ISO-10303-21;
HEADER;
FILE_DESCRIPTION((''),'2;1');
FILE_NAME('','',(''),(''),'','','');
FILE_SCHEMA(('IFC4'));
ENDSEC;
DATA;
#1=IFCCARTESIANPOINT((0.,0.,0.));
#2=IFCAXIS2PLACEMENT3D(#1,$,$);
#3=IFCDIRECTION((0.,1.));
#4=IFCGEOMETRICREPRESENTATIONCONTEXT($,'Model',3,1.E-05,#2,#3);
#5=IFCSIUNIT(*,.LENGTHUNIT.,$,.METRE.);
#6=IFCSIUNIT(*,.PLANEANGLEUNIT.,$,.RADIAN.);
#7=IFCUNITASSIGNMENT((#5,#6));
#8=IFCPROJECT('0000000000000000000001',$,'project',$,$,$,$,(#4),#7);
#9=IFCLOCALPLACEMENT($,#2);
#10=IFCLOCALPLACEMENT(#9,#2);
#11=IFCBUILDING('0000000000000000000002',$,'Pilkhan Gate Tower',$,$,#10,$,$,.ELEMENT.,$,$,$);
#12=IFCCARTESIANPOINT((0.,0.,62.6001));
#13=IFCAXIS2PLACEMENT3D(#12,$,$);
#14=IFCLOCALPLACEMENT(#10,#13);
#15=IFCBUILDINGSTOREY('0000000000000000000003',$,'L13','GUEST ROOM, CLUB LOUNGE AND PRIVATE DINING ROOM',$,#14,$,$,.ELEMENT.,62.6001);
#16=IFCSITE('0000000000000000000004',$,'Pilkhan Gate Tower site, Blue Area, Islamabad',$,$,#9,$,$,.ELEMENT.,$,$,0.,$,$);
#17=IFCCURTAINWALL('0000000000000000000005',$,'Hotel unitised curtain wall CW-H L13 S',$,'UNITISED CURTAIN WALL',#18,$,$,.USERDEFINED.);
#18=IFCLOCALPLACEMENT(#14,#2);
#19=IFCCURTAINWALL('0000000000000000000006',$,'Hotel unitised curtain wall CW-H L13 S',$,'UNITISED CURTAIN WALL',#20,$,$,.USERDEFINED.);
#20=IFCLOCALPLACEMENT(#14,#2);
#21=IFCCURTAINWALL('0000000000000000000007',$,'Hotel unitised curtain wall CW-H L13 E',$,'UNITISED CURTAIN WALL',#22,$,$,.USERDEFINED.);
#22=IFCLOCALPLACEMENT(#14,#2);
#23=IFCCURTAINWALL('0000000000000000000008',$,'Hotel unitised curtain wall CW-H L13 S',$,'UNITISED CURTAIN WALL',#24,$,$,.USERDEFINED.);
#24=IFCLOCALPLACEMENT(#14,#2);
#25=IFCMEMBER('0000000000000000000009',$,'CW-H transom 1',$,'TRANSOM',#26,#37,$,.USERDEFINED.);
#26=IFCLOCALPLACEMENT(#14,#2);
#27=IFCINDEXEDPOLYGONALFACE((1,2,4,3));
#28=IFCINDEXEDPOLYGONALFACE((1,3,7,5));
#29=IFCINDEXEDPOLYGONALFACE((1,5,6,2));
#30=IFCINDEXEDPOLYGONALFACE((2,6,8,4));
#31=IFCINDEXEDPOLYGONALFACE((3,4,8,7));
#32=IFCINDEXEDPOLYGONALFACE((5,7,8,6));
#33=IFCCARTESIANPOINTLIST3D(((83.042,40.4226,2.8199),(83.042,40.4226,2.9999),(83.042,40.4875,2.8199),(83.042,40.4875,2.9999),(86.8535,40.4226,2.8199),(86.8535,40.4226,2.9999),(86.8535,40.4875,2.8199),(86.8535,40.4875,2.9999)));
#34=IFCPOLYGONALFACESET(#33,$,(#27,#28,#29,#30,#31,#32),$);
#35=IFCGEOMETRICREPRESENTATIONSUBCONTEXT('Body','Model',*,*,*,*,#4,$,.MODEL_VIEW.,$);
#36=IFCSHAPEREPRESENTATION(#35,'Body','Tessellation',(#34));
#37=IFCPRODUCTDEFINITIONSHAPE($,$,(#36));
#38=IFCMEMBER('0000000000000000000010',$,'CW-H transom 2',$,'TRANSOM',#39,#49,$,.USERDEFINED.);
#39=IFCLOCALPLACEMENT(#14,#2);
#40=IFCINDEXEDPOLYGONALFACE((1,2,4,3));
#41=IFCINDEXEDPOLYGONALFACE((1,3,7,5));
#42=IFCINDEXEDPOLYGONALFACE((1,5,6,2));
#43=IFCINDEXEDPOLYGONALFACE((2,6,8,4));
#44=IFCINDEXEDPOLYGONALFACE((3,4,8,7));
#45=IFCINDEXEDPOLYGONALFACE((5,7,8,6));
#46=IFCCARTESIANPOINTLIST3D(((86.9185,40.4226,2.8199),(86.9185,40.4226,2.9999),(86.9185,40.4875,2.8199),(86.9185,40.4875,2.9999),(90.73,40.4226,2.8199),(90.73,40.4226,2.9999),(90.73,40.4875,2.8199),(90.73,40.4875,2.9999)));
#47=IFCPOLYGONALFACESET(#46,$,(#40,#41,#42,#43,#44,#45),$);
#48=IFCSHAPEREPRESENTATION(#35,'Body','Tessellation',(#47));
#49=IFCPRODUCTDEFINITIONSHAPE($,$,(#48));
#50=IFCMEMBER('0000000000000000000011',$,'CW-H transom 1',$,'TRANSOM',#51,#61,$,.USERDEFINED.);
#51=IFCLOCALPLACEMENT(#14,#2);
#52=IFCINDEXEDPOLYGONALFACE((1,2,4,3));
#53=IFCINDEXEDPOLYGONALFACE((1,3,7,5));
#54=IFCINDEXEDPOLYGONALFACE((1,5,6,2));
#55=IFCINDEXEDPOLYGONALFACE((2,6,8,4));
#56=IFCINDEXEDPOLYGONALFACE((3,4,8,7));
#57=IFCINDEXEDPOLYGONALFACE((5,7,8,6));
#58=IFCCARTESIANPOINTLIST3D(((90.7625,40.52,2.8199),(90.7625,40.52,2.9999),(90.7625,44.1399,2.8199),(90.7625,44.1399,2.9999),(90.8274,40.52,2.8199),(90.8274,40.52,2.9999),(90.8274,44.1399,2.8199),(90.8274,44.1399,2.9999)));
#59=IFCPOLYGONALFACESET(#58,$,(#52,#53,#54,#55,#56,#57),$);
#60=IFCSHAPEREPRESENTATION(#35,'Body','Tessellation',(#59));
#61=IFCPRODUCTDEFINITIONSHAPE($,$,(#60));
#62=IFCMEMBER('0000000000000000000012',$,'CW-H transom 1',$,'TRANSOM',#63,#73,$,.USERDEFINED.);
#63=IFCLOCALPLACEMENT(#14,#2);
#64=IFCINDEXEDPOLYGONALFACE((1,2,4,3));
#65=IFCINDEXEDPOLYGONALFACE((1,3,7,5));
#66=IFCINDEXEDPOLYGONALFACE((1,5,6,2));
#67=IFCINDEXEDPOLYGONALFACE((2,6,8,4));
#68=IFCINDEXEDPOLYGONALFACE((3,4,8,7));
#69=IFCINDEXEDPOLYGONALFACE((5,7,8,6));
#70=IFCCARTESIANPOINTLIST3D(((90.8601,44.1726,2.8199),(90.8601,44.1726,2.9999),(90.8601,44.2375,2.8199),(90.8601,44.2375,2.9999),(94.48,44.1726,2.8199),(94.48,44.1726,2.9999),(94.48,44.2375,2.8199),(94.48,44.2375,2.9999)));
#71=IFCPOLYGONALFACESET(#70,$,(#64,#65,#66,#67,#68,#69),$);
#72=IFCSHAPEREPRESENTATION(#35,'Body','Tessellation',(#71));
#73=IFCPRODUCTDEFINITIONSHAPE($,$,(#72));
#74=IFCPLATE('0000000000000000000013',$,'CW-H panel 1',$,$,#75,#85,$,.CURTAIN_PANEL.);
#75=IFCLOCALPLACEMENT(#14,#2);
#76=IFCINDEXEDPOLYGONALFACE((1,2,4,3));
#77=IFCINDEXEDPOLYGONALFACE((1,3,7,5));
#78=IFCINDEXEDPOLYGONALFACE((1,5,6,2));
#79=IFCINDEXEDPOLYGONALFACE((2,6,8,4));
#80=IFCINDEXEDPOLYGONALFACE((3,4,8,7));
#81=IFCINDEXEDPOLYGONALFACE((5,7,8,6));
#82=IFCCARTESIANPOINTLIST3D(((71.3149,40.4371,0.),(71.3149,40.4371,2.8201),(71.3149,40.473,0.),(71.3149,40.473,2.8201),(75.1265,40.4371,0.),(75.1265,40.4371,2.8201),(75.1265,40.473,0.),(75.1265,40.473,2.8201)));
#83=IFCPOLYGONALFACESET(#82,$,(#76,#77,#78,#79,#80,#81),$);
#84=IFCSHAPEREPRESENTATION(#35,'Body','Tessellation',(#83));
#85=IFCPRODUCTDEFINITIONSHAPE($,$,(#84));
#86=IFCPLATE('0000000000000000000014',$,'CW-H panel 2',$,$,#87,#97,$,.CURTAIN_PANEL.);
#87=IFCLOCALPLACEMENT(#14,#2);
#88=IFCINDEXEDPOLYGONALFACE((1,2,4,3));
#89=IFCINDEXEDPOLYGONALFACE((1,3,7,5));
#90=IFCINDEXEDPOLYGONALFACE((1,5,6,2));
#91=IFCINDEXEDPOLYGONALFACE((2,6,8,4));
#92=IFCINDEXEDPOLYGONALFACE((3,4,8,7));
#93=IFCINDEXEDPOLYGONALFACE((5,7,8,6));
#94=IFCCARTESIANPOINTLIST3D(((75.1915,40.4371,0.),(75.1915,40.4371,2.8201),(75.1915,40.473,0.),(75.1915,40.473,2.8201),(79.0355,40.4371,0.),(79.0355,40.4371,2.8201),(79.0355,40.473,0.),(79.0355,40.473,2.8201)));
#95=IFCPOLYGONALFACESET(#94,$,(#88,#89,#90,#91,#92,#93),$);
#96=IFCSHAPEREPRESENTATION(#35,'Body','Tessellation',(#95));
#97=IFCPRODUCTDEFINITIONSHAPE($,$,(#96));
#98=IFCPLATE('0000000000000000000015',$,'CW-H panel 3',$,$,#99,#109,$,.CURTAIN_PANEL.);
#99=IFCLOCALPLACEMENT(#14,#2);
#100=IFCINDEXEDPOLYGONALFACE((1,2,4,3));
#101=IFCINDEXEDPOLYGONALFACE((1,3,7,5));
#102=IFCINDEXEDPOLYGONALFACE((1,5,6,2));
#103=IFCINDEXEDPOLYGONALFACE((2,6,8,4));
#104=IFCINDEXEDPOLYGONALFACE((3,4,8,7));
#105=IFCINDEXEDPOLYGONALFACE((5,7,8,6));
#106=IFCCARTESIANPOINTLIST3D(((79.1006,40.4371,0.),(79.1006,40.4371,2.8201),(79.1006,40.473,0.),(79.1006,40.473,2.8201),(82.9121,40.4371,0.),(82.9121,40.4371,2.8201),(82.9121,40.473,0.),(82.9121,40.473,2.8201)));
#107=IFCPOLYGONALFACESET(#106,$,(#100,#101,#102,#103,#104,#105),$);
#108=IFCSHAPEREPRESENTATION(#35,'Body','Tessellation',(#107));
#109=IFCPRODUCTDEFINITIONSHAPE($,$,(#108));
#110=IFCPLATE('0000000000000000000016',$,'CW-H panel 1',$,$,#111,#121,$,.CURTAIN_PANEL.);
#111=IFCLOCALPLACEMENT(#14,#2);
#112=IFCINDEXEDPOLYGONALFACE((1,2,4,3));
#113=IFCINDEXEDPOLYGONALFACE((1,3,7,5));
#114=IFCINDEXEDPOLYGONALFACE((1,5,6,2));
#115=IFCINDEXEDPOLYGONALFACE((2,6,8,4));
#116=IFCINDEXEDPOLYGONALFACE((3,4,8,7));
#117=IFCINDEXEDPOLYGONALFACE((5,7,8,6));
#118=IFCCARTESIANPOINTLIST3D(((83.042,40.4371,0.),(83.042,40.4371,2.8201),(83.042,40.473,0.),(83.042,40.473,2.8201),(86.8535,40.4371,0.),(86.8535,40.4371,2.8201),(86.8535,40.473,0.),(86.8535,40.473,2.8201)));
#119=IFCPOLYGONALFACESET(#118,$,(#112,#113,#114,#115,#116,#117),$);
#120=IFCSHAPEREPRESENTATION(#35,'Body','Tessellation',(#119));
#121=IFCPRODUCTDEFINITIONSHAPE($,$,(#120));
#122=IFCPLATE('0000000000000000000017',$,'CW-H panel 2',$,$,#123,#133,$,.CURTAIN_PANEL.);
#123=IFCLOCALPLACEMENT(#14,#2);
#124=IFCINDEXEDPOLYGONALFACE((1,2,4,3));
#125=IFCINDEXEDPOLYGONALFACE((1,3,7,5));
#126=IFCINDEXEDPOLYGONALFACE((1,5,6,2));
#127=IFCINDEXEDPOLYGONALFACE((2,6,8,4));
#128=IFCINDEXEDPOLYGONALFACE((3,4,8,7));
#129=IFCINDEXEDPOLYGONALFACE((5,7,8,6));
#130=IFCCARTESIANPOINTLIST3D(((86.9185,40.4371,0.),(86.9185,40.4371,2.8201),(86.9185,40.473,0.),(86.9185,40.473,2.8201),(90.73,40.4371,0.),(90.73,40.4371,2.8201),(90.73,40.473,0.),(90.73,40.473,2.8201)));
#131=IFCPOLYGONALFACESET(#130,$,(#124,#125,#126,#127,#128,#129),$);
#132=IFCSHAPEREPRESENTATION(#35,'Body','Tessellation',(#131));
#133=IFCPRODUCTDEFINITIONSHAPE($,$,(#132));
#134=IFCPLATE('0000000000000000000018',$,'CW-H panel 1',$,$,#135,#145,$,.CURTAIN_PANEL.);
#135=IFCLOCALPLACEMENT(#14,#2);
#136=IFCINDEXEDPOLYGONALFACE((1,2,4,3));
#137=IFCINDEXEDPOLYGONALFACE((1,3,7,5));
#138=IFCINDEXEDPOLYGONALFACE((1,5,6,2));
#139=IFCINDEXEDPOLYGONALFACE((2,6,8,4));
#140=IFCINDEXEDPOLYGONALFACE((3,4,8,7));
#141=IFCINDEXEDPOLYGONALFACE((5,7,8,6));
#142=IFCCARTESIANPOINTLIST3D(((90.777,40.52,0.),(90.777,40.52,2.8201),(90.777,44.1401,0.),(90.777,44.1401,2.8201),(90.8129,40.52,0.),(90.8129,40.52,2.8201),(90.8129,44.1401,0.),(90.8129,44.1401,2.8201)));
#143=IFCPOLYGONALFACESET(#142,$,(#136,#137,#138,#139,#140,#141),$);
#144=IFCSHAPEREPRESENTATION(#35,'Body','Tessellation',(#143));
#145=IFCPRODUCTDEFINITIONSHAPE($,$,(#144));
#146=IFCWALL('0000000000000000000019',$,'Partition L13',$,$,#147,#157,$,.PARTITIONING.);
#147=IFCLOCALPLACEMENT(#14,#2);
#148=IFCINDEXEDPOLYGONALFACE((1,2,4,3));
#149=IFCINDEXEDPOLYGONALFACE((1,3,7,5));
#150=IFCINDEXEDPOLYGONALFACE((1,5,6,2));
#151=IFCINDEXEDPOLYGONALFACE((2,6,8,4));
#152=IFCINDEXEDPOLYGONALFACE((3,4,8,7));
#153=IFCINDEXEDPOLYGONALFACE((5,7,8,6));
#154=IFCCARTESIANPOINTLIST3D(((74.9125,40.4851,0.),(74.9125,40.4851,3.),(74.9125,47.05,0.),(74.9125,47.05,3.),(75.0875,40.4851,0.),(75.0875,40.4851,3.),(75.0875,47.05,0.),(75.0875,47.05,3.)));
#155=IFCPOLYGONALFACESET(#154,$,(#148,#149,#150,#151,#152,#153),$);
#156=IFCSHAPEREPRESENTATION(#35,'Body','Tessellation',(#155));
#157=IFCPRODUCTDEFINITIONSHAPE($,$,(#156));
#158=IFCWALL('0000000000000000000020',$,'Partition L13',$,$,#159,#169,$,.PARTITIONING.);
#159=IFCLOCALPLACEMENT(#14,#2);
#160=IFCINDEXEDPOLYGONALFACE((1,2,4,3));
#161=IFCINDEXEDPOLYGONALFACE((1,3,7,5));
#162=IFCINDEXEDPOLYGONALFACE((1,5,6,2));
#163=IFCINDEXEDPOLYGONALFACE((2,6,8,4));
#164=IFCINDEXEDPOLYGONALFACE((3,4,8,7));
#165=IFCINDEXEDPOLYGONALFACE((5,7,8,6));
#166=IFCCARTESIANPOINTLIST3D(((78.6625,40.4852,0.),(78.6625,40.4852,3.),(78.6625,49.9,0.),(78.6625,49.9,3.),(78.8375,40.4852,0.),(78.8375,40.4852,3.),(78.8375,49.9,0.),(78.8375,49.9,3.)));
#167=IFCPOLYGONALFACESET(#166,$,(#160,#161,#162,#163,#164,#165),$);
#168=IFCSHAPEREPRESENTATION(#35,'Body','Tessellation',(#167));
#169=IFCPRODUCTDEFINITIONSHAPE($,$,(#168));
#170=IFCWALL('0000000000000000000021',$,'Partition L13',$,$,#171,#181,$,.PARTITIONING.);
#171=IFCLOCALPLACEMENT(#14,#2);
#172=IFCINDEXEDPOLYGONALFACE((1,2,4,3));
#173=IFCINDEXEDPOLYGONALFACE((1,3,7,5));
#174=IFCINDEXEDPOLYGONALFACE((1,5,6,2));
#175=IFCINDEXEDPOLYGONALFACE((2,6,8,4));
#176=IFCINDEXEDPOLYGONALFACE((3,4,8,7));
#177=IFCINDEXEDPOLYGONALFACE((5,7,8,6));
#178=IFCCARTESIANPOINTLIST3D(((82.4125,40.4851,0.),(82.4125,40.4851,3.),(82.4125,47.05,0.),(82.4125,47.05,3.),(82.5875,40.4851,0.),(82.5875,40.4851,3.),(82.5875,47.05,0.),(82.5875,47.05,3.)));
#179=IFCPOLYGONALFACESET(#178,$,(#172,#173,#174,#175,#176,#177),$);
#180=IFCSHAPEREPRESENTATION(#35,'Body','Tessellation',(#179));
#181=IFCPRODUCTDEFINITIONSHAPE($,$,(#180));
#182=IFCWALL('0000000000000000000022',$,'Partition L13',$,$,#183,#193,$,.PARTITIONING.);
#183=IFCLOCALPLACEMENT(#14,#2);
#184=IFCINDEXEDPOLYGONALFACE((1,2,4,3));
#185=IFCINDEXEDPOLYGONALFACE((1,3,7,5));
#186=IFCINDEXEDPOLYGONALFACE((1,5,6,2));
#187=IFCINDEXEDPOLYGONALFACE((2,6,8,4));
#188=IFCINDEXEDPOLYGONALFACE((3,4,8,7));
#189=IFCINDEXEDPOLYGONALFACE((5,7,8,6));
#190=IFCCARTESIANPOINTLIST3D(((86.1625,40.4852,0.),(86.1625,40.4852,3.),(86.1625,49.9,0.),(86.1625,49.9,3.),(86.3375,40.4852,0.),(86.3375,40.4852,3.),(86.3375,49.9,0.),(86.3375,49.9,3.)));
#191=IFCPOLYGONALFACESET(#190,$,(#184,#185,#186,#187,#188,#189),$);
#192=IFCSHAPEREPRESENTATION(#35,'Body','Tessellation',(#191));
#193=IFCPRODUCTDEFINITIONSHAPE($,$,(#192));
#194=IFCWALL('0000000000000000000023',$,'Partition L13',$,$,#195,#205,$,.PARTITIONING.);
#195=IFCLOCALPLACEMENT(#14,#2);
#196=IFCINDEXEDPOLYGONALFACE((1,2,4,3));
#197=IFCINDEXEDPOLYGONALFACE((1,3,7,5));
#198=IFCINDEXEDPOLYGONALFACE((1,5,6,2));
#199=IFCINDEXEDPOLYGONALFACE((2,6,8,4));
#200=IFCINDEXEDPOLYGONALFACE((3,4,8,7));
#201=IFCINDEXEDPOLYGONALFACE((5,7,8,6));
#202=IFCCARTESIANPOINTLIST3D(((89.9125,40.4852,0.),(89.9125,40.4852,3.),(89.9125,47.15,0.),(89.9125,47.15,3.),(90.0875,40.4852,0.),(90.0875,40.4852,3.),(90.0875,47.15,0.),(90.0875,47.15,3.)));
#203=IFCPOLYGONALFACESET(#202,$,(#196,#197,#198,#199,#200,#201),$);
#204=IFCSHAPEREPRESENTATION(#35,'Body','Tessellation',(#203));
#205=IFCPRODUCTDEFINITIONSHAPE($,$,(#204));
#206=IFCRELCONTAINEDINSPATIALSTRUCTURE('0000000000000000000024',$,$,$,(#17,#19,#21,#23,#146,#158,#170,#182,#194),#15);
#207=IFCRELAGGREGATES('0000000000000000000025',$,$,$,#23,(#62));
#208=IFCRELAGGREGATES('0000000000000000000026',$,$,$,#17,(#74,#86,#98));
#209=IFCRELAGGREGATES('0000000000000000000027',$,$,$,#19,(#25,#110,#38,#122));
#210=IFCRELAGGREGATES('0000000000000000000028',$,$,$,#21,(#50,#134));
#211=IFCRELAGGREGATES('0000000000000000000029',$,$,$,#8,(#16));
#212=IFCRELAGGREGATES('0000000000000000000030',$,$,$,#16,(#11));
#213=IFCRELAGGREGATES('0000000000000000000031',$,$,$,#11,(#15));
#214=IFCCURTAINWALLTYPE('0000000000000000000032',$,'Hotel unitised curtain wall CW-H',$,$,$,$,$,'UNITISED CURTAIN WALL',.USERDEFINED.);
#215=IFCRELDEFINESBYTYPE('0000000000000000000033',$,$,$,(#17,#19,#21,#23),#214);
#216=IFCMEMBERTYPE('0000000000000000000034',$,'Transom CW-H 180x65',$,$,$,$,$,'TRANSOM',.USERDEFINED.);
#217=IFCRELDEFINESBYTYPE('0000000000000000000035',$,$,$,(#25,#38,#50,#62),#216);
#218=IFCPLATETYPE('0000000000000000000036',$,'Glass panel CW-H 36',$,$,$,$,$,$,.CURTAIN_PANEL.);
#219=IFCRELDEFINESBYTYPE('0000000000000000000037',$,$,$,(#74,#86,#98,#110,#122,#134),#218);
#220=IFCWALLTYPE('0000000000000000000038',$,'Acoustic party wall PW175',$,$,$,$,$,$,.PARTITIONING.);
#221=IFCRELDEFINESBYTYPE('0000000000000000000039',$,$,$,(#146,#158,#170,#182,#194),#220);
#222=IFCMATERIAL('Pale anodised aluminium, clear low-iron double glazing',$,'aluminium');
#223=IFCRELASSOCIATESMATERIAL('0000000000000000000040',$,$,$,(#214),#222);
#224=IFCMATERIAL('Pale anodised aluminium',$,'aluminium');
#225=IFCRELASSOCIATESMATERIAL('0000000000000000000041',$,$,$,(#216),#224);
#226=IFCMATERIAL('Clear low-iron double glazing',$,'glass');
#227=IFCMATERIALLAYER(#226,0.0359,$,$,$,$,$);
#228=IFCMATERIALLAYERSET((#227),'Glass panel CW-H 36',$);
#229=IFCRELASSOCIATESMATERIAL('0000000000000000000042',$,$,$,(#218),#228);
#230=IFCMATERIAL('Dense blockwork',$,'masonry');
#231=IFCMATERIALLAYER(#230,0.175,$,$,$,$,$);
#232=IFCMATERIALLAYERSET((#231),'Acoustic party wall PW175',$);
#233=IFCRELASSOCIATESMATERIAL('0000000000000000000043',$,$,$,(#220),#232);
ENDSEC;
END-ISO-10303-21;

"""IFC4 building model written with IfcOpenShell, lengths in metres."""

from ifc_helpers import new_model, si_unit, direction, frame, frame_2d, origin, origin_2d, place, context, subcontext, project, spatial, rectangle, extrude, material, layer, layer_set, material_profile, profile_set, type_object, element, aggregate, save


model = new_model("IFC4")

# Units and contexts
model_context = context("Model", 3, precision=1e-05, world=origin(), true_north=direction((0.0, 1.0)))
body_context = subcontext(model_context, "Body", "Model", "MODEL_VIEW")
ifc_project = project(units=[si_unit("LENGTHUNIT", "METRE"), si_unit("PLANEANGLEUNIT", "RADIAN")], contexts=[model_context])

# Site, building, storey
site_placement = place(None, origin())
site = spatial("IfcSite", under=ifc_project, at=site_placement, Name="Pilkhan Gate Tower site, Blue Area, Islamabad", CompositionType="ELEMENT", RefElevation=0.0)
building_placement = place(site_placement, origin())
building = spatial("IfcBuilding", under=site, at=building_placement, Name="Pilkhan Gate Tower", CompositionType="ELEMENT")
storey_placement = place(building_placement, frame((0.0, 0.0, 62.6001)))
storey = spatial("IfcBuildingStorey", under=building, at=storey_placement, Name="L13", Description="GUEST ROOM, CLUB LOUNGE AND PRIVATE DINING ROOM", CompositionType="ELEMENT", Elevation=62.6001)

# Curtain walls
ifc_material_1 = material(Name="Pale anodised aluminium, clear low-iron double glazing", Category="aluminium")
curtain_wall_type = type_object("IfcCurtainWallType", Name="Hotel unitised curtain wall CW-H", ElementType="UNITISED CURTAIN WALL", PredefinedType="USERDEFINED", material=ifc_material_1)
curtain_wall_1_placement = place(storey_placement, origin())
curtain_wall_1 = element("IfcCurtainWall", 1, at=curtain_wall_1_placement, inside=storey, type_object=curtain_wall_type, Name="Hotel unitised curtain wall CW-H L13 S", ObjectType="UNITISED CURTAIN WALL", PredefinedType="USERDEFINED")
ifc_material_2 = material(Name="Pale anodised aluminium", Category="aluminium")
curtain_wall_2_placement = place(storey_placement, origin())
curtain_wall_2 = element("IfcCurtainWall", 2, at=curtain_wall_2_placement, inside=storey, type_object=curtain_wall_type, Name="Hotel unitised curtain wall CW-H L13 S", ObjectType="UNITISED CURTAIN WALL", PredefinedType="USERDEFINED")
curtain_wall_3_placement = place(storey_placement, origin())
curtain_wall_3 = element("IfcCurtainWall", 3, at=curtain_wall_3_placement, inside=storey, type_object=curtain_wall_type, Name="Hotel unitised curtain wall CW-H L13 E", ObjectType="UNITISED CURTAIN WALL", PredefinedType="USERDEFINED")

# Curtain wall
curtain_wall_4_placement = place(storey_placement, origin())
curtain_wall_4 = element("IfcCurtainWall", 4, at=curtain_wall_4_placement, inside=storey, type_object=curtain_wall_type, Name="Hotel unitised curtain wall CW-H L13 S", ObjectType="UNITISED CURTAIN WALL", PredefinedType="USERDEFINED")

# Members
ifc_material_profile_1 = material_profile(ifc_material_2, rectangle(XDim=0.0649, YDim=0.1799, at=origin_2d()), Name="Transom 180x65")
ifc_profile_set_1 = profile_set([ifc_material_profile_1], Name="Pale anodised aluminium")
member_type_1 = type_object("IfcMemberType", Name="Transom CW-H 180x65", ElementType="TRANSOM", PredefinedType="USERDEFINED", material=ifc_profile_set_1)
member_1_placement = place(storey_placement, frame((83.042, 40.4551, 2.9099), z_axis=(1.0, 0.0, 0.0), x_axis=(0.0, 1.0, 0.0)))
member_1 = element("IfcMember", 5, at=member_1_placement, type_object=member_type_1, Name="CW-H transom 1", ObjectType="TRANSOM", PredefinedType="USERDEFINED", context=body_context, shape_type="SweptSolid", body=[
    extrude(rectangle(XDim=0.0649, YDim=0.1799, at=origin_2d()), origin(), (0.0, 0.0, 1.0), 3.8115),
])
member_2_placement = place(storey_placement, frame((86.9185, 40.4551, 2.9099), z_axis=(1.0, 0.0, 0.0), x_axis=(0.0, 1.0, 0.0)))
member_2 = element("IfcMember", 6, at=member_2_placement, type_object=member_type_1, Name="CW-H transom 2", ObjectType="TRANSOM", PredefinedType="USERDEFINED", context=body_context, shape_type="SweptSolid", body=[
    extrude(rectangle(XDim=0.0649, YDim=0.1799, at=origin_2d()), origin(), (0.0, 0.0, 1.0), 3.8115),
])
member_3_placement = place(storey_placement, frame((90.7949, 40.52, 2.9099), z_axis=(0.0, 1.0, 0.0), x_axis=(-1.0, 0.0, 0.0)))
member_3 = element("IfcMember", 7, at=member_3_placement, type_object=member_type_1, Name="CW-H transom 1", ObjectType="TRANSOM", PredefinedType="USERDEFINED", context=body_context, shape_type="SweptSolid", body=[
    extrude(rectangle(XDim=0.0649, YDim=0.1799, at=origin_2d()), origin(), (0.0, 0.0, 1.0), 3.6199),
])
member_4_placement = place(storey_placement, frame((90.8601, 44.2051, 2.9099), z_axis=(1.0, 0.0, 0.0), x_axis=(0.0, 1.0, 0.0)))
member_4 = element("IfcMember", 8, at=member_4_placement, type_object=member_type_1, Name="CW-H transom 1", ObjectType="TRANSOM", PredefinedType="USERDEFINED", context=body_context, shape_type="SweptSolid", body=[
    extrude(rectangle(XDim=0.0649, YDim=0.1799, at=origin_2d()), origin(), (0.0, 0.0, 1.0), 3.6199),
])
aggregate(curtain_wall_4, [member_4])

# Plates
ifc_material_3 = material(Name="Clear low-iron double glazing", Category="glass")
ifc_layer_1 = layer(ifc_material_3, 0.0359)
ifc_layer_set_1 = layer_set([ifc_layer_1], Name="Glass panel CW-H 36")
plate_type = type_object("IfcPlateType", Name="Glass panel CW-H 36", PredefinedType="CURTAIN_PANEL", material=ifc_layer_set_1)
plate_1_placement = place(storey_placement, frame((73.2207, 40.4551, 0.0), z_axis=(0.0, 0.0, 1.0), x_axis=(1.0, 0.0, 0.0)))
plate_1 = element("IfcPlate", 9, at=plate_1_placement, type_object=plate_type, Name="CW-H panel 1", PredefinedType="CURTAIN_PANEL", context=body_context, shape_type="SweptSolid", body=[
    extrude(rectangle(XDim=3.8115, YDim=0.0359, at=origin_2d()), origin(), (0.0, 0.0, 1.0), 2.8201),
])
plate_2_placement = place(storey_placement, frame((77.1135, 40.4551, 0.0), z_axis=(0.0, 0.0, 1.0), x_axis=(1.0, 0.0, 0.0)))
plate_2 = element("IfcPlate", 10, at=plate_2_placement, type_object=plate_type, Name="CW-H panel 2", PredefinedType="CURTAIN_PANEL", context=body_context, shape_type="SweptSolid", body=[
    extrude(rectangle(XDim=3.844, YDim=0.0359, at=origin_2d()), origin(), (0.0, 0.0, 1.0), 2.8201),
])
plate_3_placement = place(storey_placement, frame((81.0063, 40.4551, 0.0), z_axis=(0.0, 0.0, 1.0), x_axis=(1.0, 0.0, 0.0)))
plate_3 = element("IfcPlate", 11, at=plate_3_placement, type_object=plate_type, Name="CW-H panel 3", PredefinedType="CURTAIN_PANEL", context=body_context, shape_type="SweptSolid", body=[
    extrude(rectangle(XDim=3.8115, YDim=0.0359, at=origin_2d()), origin(), (0.0, 0.0, 1.0), 2.8201),
])
aggregate(curtain_wall_1, [plate_1, plate_2, plate_3])
plate_4_placement = place(storey_placement, frame((84.9478, 40.4551, 0.0), z_axis=(0.0, 0.0, 1.0), x_axis=(1.0, 0.0, 0.0)))
plate_4 = element("IfcPlate", 12, at=plate_4_placement, type_object=plate_type, Name="CW-H panel 1", PredefinedType="CURTAIN_PANEL", context=body_context, shape_type="SweptSolid", body=[
    extrude(rectangle(XDim=3.8115, YDim=0.0359, at=origin_2d()), origin(), (0.0, 0.0, 1.0), 2.8201),
])
plate_5_placement = place(storey_placement, frame((88.8242, 40.4551, 0.0), z_axis=(0.0, 0.0, 1.0), x_axis=(1.0, 0.0, 0.0)))
plate_5 = element("IfcPlate", 13, at=plate_5_placement, type_object=plate_type, Name="CW-H panel 2", PredefinedType="CURTAIN_PANEL", context=body_context, shape_type="SweptSolid", body=[
    extrude(rectangle(XDim=3.8115, YDim=0.0359, at=origin_2d()), origin(), (0.0, 0.0, 1.0), 2.8201),
])
aggregate(curtain_wall_2, [member_1, plate_4, member_2, plate_5])
plate_6_placement = place(storey_placement, frame((90.7949, 42.3301, 0.0), z_axis=(0.0, 0.0, 1.0), x_axis=(0.0, 1.0, 0.0)))
plate_6 = element("IfcPlate", 14, at=plate_6_placement, type_object=plate_type, Name="CW-H panel 1", PredefinedType="CURTAIN_PANEL", context=body_context, shape_type="SweptSolid", body=[
    extrude(rectangle(XDim=3.6201, YDim=0.0359, at=origin_2d()), origin(), (0.0, 0.0, 1.0), 2.8201),
])
aggregate(curtain_wall_3, [member_3, plate_6])

# Walls
ifc_material_4 = material(Name="Dense blockwork", Category="masonry")
ifc_layer_2 = layer(ifc_material_4, 0.175)
ifc_layer_set_2 = layer_set([ifc_layer_2], Name="Acoustic party wall PW175")
wall_type_1 = type_object("IfcWallType", Name="Acoustic party wall PW175", PredefinedType="PARTITIONING", material=ifc_layer_set_2)
wall_1_placement = place(storey_placement, frame((75.0, 40.4851, 0.0), z_axis=(0.0, 0.0, 1.0), x_axis=(0.0, 1.0, 0.0)))
element("IfcWall", 15, at=wall_1_placement, inside=storey, type_object=wall_type_1, Name="Partition L13", PredefinedType="PARTITIONING", context=body_context, shape_type="SweptSolid", body=[
    extrude(rectangle(XDim=6.5649, YDim=0.175, at=frame_2d((3.2825, 0.0))), origin(), (0.0, 0.0, 1.0), 3.0),
])
wall_2_placement = place(storey_placement, frame((78.75, 40.4851, 0.0), z_axis=(0.0, 0.0, 1.0), x_axis=(0.0, 1.0, 0.0)))
element("IfcWall", 16, at=wall_2_placement, inside=storey, type_object=wall_type_1, Name="Partition L13", PredefinedType="PARTITIONING", context=body_context, shape_type="SweptSolid", body=[
    extrude(rectangle(XDim=9.4148, YDim=0.175, at=frame_2d((4.7075, 0.0))), origin(), (0.0, 0.0, 1.0), 3.0),
])
wall_3_placement = place(storey_placement, frame((82.5, 40.4851, 0.0), z_axis=(0.0, 0.0, 1.0), x_axis=(0.0, 1.0, 0.0)))
element("IfcWall", 17, at=wall_3_placement, inside=storey, type_object=wall_type_1, Name="Partition L13", PredefinedType="PARTITIONING", context=body_context, shape_type="SweptSolid", body=[
    extrude(rectangle(XDim=6.5649, YDim=0.175, at=frame_2d((3.2825, 0.0))), origin(), (0.0, 0.0, 1.0), 3.0),
])
wall_4_placement = place(storey_placement, frame((86.25, 40.4851, 0.0), z_axis=(0.0, 0.0, 1.0), x_axis=(0.0, 1.0, 0.0)))
element("IfcWall", 18, at=wall_4_placement, inside=storey, type_object=wall_type_1, Name="Partition L13", PredefinedType="PARTITIONING", context=body_context, shape_type="SweptSolid", body=[
    extrude(rectangle(XDim=9.4148, YDim=0.175, at=frame_2d((4.7075, 0.0))), origin(), (0.0, 0.0, 1.0), 3.0),
])
wall_5_placement = place(storey_placement, frame((90.0, 40.4851, 0.0), z_axis=(0.0, 0.0, 1.0), x_axis=(0.0, 1.0, 0.0)))
element("IfcWall", 19, at=wall_5_placement, inside=storey, type_object=wall_type_1, Name="Partition L13", PredefinedType="PARTITIONING", context=body_context, shape_type="SweptSolid", body=[
    extrude(rectangle(XDim=6.6648, YDim=0.175, at=frame_2d((3.3325, 0.0))), origin(), (0.0, 0.0, 1.0), 3.0),
])

save(model, "model.ifc")
